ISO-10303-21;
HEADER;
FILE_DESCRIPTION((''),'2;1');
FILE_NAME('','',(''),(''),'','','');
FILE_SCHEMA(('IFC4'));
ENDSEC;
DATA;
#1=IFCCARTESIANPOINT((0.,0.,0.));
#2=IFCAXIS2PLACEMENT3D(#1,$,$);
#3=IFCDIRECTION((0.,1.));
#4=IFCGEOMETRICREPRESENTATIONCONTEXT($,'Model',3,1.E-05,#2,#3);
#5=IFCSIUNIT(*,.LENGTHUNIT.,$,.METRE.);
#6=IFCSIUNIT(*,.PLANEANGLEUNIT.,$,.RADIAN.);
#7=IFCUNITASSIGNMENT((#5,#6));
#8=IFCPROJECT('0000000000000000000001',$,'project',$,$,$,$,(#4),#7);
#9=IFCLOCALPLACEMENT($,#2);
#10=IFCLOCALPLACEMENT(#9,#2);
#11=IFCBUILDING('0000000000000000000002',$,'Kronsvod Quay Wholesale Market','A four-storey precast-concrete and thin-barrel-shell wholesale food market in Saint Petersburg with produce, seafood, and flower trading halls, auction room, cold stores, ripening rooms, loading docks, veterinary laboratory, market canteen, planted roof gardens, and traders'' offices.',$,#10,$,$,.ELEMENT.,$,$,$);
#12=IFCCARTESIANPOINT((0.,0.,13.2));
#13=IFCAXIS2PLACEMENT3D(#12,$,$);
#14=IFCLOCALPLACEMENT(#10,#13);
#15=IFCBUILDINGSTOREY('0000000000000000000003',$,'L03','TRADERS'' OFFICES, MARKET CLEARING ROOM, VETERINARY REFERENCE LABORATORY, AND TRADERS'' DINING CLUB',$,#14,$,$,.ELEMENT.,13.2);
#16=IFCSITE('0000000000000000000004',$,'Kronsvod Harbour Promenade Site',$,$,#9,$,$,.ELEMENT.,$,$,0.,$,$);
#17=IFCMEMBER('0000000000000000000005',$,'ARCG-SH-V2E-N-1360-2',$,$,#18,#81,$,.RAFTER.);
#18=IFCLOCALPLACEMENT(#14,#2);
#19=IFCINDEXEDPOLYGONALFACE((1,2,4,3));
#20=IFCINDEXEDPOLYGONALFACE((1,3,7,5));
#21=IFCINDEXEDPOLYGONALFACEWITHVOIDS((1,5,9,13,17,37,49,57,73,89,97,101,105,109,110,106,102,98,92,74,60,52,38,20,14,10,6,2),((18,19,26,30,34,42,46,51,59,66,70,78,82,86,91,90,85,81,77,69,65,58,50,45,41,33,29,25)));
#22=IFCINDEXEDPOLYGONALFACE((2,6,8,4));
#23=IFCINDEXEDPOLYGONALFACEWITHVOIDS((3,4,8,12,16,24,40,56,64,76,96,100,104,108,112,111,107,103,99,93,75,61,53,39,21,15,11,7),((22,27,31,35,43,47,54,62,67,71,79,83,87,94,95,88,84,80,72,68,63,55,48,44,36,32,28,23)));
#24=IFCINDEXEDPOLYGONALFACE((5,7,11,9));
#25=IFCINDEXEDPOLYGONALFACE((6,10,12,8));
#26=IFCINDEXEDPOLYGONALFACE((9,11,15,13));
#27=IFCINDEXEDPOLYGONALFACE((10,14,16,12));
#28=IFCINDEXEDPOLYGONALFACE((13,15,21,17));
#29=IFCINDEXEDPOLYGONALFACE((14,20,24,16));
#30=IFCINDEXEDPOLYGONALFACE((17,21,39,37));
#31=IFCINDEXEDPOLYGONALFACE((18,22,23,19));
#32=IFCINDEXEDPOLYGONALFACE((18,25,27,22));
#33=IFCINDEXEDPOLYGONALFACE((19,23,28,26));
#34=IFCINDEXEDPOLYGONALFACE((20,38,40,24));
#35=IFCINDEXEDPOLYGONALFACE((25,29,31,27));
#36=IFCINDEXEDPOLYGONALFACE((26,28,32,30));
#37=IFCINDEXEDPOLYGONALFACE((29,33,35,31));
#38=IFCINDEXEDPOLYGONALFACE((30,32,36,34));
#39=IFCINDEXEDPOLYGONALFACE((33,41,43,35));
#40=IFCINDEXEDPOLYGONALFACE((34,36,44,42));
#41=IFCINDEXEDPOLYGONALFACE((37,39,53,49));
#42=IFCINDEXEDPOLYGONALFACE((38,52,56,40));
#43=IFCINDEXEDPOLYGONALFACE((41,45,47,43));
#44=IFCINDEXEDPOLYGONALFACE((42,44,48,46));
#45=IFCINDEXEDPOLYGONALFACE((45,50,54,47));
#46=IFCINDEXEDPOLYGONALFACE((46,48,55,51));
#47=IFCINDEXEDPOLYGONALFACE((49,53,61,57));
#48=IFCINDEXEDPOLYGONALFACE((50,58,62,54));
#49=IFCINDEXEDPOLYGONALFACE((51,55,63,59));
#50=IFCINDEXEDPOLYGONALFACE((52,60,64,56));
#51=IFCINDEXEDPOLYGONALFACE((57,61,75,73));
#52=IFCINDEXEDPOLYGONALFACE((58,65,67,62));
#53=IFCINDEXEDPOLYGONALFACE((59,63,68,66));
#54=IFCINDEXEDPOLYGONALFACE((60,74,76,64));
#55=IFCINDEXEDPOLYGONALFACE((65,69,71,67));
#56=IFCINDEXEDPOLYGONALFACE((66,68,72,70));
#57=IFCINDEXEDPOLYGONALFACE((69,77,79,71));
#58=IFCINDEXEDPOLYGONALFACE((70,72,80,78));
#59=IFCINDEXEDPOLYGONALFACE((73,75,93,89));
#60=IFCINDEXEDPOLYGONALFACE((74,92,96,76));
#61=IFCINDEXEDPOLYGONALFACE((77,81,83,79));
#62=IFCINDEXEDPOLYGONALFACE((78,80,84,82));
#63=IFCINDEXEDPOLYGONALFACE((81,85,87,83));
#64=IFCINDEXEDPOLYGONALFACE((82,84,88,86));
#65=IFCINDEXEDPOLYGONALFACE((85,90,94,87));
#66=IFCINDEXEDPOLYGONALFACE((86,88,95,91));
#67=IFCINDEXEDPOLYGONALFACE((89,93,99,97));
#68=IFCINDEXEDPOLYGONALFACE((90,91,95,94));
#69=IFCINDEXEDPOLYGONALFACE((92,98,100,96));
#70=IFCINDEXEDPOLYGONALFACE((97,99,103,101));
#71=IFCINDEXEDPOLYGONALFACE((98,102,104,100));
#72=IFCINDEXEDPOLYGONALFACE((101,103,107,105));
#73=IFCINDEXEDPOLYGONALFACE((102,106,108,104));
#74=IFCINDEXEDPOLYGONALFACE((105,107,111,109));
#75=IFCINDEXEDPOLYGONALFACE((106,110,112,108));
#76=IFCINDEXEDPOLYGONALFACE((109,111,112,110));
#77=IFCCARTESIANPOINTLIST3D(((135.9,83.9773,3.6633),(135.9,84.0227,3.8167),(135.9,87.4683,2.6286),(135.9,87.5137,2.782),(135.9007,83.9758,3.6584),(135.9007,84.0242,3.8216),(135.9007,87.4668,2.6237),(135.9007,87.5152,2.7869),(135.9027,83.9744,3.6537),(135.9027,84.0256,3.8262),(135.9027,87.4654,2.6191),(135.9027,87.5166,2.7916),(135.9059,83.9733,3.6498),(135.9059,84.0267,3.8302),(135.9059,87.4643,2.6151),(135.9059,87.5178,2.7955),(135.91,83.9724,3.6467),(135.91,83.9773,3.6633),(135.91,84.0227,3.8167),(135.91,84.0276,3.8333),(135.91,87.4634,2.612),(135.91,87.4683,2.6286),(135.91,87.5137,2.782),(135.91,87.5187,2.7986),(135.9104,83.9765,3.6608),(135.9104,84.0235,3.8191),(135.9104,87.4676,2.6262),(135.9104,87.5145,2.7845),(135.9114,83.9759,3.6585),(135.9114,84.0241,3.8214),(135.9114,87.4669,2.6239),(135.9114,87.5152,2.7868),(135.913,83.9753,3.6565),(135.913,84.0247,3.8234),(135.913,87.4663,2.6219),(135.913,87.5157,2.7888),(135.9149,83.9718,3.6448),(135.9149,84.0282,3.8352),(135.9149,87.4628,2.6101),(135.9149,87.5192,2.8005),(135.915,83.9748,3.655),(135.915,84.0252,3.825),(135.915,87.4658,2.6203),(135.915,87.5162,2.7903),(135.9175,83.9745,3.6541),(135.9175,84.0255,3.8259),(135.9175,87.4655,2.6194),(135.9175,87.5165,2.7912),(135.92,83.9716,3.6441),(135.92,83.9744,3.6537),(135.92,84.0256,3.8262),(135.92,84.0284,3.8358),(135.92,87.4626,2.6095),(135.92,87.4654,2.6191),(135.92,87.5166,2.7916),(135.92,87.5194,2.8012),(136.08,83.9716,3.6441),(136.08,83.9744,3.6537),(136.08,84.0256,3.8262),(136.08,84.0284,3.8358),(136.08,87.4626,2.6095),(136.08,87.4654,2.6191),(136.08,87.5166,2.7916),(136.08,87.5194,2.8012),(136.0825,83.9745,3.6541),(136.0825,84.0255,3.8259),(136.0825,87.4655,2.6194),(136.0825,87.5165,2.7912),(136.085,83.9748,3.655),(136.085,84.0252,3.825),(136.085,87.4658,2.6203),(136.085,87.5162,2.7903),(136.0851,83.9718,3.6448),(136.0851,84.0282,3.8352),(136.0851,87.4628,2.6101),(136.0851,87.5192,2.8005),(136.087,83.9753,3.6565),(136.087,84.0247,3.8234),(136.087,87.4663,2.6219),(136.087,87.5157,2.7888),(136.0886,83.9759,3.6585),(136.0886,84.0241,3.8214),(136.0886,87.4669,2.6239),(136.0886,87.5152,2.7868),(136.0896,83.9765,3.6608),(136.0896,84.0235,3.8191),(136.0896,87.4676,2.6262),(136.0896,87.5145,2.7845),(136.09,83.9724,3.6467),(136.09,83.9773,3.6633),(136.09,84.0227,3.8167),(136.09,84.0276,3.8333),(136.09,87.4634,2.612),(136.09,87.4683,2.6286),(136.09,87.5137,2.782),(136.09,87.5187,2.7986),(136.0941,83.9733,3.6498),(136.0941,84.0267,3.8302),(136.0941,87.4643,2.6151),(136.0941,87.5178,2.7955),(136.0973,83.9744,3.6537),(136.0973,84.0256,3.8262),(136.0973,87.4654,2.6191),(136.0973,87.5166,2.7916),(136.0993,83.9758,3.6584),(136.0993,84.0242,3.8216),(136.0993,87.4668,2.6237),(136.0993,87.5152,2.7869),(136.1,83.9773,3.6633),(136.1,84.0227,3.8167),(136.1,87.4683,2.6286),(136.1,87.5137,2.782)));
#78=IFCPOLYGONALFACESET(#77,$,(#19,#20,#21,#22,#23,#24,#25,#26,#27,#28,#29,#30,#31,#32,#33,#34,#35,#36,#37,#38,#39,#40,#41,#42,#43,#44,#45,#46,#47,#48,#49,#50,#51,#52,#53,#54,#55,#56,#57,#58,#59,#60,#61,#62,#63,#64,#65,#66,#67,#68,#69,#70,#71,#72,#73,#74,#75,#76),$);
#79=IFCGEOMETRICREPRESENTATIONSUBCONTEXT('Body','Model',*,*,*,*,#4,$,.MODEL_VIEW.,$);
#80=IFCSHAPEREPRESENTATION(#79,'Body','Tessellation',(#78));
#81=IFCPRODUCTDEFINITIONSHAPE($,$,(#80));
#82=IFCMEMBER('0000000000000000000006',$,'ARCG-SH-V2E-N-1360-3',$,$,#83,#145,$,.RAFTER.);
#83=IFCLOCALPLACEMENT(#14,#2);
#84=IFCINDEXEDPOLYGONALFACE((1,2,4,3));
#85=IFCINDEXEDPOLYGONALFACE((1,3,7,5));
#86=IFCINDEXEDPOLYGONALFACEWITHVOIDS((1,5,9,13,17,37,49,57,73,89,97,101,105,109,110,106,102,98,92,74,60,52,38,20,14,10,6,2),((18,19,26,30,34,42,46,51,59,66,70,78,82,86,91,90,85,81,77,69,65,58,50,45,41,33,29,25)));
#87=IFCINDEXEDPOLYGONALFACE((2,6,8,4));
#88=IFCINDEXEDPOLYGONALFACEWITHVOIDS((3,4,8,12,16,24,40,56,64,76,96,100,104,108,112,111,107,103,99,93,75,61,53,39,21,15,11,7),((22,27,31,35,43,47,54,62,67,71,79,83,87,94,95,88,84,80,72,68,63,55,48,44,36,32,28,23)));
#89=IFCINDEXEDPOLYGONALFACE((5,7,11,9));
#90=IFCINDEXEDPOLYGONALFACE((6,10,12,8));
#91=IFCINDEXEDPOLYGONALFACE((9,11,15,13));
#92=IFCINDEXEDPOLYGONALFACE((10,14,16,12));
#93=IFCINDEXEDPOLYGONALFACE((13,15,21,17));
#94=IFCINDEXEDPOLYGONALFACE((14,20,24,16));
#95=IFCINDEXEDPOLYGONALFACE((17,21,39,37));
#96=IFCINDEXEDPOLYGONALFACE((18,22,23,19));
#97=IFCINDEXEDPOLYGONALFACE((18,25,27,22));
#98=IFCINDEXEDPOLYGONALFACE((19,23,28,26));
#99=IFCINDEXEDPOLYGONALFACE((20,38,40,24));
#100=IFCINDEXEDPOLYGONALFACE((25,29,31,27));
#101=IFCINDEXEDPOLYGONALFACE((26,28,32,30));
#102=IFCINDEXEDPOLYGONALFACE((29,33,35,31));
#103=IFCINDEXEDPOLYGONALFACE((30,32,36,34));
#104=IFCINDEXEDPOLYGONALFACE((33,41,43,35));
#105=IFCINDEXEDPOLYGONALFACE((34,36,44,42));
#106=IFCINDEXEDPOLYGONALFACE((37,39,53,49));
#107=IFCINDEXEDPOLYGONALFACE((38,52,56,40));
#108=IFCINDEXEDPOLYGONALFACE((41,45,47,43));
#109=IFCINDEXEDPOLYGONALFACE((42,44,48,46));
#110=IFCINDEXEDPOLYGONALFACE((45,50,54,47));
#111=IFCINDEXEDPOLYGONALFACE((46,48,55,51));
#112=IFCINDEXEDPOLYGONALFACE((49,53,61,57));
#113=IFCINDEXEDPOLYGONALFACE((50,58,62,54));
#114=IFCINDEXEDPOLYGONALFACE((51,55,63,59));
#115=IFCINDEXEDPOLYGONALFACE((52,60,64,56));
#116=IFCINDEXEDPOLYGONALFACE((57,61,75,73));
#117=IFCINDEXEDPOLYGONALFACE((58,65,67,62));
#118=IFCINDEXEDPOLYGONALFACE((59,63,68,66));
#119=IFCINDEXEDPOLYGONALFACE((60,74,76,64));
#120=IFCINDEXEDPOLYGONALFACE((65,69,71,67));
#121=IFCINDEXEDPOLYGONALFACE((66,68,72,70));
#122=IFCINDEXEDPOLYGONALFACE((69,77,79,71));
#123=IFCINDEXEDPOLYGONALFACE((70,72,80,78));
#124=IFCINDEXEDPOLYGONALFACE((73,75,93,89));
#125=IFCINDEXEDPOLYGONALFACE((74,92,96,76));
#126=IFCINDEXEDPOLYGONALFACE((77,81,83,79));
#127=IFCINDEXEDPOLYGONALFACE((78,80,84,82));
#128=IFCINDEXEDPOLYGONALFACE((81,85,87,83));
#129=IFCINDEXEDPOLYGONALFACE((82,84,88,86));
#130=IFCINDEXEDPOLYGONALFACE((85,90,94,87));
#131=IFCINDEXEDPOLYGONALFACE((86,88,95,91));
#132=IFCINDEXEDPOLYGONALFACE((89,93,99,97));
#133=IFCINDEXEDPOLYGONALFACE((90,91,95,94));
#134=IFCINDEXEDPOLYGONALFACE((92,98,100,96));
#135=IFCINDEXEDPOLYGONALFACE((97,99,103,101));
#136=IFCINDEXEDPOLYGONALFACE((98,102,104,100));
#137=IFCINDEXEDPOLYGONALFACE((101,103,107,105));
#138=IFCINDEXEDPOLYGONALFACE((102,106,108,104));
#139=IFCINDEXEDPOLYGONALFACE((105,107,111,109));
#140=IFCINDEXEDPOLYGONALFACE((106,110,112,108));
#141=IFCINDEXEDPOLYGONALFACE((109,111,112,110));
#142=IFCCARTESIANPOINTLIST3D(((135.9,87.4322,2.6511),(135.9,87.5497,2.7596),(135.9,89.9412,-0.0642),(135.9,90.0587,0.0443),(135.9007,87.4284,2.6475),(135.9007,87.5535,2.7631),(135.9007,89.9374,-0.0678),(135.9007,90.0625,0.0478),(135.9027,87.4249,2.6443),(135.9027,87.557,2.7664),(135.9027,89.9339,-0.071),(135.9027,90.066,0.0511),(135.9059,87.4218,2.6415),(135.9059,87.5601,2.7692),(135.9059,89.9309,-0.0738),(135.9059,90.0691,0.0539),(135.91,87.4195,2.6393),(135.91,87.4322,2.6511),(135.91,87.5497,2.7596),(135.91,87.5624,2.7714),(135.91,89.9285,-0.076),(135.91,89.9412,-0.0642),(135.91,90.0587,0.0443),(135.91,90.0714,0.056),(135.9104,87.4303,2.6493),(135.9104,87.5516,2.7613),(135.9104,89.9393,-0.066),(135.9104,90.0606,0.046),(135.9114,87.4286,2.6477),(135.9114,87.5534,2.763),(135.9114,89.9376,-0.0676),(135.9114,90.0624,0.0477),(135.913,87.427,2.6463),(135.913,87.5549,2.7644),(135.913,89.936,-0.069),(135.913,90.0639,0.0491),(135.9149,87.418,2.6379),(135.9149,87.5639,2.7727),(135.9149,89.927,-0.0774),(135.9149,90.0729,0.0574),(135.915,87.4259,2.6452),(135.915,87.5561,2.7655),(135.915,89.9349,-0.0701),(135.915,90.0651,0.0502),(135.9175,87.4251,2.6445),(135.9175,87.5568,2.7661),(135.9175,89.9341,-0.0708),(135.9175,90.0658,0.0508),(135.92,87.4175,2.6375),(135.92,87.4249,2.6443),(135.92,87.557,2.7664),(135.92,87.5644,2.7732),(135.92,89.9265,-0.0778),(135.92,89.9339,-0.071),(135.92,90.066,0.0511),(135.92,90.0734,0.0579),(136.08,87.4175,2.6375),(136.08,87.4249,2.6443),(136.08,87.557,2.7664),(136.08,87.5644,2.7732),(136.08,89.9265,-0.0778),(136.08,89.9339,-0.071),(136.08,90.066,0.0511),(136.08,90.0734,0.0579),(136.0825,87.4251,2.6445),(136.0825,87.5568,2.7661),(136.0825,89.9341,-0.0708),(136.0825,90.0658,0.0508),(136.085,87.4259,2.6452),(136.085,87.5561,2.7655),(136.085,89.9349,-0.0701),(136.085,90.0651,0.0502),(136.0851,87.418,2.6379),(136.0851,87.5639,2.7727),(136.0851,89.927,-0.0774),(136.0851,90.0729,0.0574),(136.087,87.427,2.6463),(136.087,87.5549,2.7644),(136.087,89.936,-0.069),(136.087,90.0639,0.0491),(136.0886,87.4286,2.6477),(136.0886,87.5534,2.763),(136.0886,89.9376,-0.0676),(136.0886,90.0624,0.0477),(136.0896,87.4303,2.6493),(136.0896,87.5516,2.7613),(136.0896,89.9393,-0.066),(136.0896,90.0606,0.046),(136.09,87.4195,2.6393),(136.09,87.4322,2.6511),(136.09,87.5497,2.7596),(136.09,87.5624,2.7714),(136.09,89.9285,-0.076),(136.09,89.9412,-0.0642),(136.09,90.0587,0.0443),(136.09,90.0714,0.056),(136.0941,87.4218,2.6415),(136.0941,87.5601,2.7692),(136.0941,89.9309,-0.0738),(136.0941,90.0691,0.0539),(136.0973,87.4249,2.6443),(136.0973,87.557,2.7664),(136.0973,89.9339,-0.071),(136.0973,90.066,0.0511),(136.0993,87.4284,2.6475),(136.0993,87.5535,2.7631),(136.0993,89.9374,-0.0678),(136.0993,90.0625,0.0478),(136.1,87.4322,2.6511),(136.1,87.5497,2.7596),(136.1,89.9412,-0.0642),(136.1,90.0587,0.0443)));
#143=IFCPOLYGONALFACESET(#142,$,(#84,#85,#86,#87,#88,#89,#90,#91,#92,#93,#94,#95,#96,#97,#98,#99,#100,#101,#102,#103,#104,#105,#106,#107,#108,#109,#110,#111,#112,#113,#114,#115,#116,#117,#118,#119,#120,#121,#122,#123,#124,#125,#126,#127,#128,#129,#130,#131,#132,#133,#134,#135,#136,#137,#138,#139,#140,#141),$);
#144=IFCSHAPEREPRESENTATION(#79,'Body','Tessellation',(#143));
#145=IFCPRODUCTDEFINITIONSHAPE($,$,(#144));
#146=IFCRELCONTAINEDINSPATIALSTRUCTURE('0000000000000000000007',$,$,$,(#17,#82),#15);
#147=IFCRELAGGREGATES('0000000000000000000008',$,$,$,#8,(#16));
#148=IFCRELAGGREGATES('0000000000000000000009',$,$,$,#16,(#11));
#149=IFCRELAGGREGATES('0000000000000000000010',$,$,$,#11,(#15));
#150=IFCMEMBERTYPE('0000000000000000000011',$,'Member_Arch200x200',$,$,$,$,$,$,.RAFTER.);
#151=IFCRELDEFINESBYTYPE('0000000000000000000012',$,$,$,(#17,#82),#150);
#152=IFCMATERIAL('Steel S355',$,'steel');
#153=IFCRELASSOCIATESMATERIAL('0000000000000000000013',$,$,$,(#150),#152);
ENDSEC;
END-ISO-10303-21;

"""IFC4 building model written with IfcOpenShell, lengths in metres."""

from ifc_helpers import new_model, si_unit, direction, frame, origin, origin_2d, place, context, subcontext, project, spatial, hollow_rectangle, extrude, material, material_profile, profile_set, type_object, element, save


model = new_model("IFC4")

# Units and contexts
model_context = context("Model", 3, precision=1e-05, world=origin(), true_north=direction((0.0, 1.0)))
body_context = subcontext(model_context, "Body", "Model", "MODEL_VIEW")
ifc_project = project(units=[si_unit("LENGTHUNIT", "METRE"), si_unit("PLANEANGLEUNIT", "RADIAN")], contexts=[model_context])

# Site, building, storey
site_placement = place(None, origin())
site = spatial("IfcSite", under=ifc_project, at=site_placement, Name="Kronsvod Harbour Promenade Site", CompositionType="ELEMENT", RefElevation=0.0)
building_placement = place(site_placement, origin())
building = spatial("IfcBuilding", under=site, at=building_placement, Name="Kronsvod Quay Wholesale Market", Description="A four-storey precast-concrete and thin-barrel-shell wholesale food market in Saint Petersburg with produce, seafood, and flower trading halls, auction room, cold stores, ripening rooms, loading docks, veterinary laboratory, market canteen, planted roof gardens, and traders' offices.", CompositionType="ELEMENT")
storey_placement = place(building_placement, frame((0.0, 0.0, 13.2)))
storey = spatial("IfcBuildingStorey", under=building, at=storey_placement, Name="L03", Description="TRADERS' OFFICES, MARKET CLEARING ROOM, VETERINARY REFERENCE LABORATORY, AND TRADERS' DINING CLUB", CompositionType="ELEMENT", Elevation=13.2)

# Members
ifc_material_1 = material(Name="Steel S355", Category="steel")
ifc_material_profile_1 = material_profile(ifc_material_1, hollow_rectangle(XDim=0.2, YDim=0.2, WallThickness=0.01, InnerFilletRadius=0.01, OuterFilletRadius=0.02, at=origin_2d()), Name="RHS200x200x10")
ifc_profile_set_1 = profile_set([ifc_material_profile_1], Name="Steel S355")
member_type_1 = type_object("IfcMemberType", Name="Member_Arch200x200", PredefinedType="RAFTER", material=ifc_profile_set_1)
member_1_placement = place(storey_placement, frame((136.0, 84.0, 3.74), z_axis=(0.0, 0.958775, -0.284166), x_axis=(-1.0, 0.0, 0.0)))
element("IfcMember", 1, at=member_1_placement, inside=storey, type_object=member_type_1, Name="ARCG-SH-V2E-N-1360-2", PredefinedType="RAFTER", context=body_context, shape_type="SweptSolid", body=[
    extrude(hollow_rectangle(XDim=0.2, YDim=0.2, WallThickness=0.01, InnerFilletRadius=0.01, OuterFilletRadius=0.02, at=origin_2d()), origin(), (0.0, 0.0, 1.0), 3.6411),
])
member_2_placement = place(storey_placement, frame((136.0, 87.491, 2.7053), z_axis=(0.0, 0.678656, -0.734456), x_axis=(-1.0, 0.0, 0.0)))
element("IfcMember", 2, at=member_2_placement, inside=storey, type_object=member_type_1, Name="ARCG-SH-V2E-N-1360-3", PredefinedType="RAFTER", context=body_context, shape_type="SweptSolid", body=[
    extrude(hollow_rectangle(XDim=0.2, YDim=0.2, WallThickness=0.01, InnerFilletRadius=0.01, OuterFilletRadius=0.02, at=origin_2d()), origin(), (0.0, 0.0, 1.0), 3.697),
])

save(model, "model.ifc")
